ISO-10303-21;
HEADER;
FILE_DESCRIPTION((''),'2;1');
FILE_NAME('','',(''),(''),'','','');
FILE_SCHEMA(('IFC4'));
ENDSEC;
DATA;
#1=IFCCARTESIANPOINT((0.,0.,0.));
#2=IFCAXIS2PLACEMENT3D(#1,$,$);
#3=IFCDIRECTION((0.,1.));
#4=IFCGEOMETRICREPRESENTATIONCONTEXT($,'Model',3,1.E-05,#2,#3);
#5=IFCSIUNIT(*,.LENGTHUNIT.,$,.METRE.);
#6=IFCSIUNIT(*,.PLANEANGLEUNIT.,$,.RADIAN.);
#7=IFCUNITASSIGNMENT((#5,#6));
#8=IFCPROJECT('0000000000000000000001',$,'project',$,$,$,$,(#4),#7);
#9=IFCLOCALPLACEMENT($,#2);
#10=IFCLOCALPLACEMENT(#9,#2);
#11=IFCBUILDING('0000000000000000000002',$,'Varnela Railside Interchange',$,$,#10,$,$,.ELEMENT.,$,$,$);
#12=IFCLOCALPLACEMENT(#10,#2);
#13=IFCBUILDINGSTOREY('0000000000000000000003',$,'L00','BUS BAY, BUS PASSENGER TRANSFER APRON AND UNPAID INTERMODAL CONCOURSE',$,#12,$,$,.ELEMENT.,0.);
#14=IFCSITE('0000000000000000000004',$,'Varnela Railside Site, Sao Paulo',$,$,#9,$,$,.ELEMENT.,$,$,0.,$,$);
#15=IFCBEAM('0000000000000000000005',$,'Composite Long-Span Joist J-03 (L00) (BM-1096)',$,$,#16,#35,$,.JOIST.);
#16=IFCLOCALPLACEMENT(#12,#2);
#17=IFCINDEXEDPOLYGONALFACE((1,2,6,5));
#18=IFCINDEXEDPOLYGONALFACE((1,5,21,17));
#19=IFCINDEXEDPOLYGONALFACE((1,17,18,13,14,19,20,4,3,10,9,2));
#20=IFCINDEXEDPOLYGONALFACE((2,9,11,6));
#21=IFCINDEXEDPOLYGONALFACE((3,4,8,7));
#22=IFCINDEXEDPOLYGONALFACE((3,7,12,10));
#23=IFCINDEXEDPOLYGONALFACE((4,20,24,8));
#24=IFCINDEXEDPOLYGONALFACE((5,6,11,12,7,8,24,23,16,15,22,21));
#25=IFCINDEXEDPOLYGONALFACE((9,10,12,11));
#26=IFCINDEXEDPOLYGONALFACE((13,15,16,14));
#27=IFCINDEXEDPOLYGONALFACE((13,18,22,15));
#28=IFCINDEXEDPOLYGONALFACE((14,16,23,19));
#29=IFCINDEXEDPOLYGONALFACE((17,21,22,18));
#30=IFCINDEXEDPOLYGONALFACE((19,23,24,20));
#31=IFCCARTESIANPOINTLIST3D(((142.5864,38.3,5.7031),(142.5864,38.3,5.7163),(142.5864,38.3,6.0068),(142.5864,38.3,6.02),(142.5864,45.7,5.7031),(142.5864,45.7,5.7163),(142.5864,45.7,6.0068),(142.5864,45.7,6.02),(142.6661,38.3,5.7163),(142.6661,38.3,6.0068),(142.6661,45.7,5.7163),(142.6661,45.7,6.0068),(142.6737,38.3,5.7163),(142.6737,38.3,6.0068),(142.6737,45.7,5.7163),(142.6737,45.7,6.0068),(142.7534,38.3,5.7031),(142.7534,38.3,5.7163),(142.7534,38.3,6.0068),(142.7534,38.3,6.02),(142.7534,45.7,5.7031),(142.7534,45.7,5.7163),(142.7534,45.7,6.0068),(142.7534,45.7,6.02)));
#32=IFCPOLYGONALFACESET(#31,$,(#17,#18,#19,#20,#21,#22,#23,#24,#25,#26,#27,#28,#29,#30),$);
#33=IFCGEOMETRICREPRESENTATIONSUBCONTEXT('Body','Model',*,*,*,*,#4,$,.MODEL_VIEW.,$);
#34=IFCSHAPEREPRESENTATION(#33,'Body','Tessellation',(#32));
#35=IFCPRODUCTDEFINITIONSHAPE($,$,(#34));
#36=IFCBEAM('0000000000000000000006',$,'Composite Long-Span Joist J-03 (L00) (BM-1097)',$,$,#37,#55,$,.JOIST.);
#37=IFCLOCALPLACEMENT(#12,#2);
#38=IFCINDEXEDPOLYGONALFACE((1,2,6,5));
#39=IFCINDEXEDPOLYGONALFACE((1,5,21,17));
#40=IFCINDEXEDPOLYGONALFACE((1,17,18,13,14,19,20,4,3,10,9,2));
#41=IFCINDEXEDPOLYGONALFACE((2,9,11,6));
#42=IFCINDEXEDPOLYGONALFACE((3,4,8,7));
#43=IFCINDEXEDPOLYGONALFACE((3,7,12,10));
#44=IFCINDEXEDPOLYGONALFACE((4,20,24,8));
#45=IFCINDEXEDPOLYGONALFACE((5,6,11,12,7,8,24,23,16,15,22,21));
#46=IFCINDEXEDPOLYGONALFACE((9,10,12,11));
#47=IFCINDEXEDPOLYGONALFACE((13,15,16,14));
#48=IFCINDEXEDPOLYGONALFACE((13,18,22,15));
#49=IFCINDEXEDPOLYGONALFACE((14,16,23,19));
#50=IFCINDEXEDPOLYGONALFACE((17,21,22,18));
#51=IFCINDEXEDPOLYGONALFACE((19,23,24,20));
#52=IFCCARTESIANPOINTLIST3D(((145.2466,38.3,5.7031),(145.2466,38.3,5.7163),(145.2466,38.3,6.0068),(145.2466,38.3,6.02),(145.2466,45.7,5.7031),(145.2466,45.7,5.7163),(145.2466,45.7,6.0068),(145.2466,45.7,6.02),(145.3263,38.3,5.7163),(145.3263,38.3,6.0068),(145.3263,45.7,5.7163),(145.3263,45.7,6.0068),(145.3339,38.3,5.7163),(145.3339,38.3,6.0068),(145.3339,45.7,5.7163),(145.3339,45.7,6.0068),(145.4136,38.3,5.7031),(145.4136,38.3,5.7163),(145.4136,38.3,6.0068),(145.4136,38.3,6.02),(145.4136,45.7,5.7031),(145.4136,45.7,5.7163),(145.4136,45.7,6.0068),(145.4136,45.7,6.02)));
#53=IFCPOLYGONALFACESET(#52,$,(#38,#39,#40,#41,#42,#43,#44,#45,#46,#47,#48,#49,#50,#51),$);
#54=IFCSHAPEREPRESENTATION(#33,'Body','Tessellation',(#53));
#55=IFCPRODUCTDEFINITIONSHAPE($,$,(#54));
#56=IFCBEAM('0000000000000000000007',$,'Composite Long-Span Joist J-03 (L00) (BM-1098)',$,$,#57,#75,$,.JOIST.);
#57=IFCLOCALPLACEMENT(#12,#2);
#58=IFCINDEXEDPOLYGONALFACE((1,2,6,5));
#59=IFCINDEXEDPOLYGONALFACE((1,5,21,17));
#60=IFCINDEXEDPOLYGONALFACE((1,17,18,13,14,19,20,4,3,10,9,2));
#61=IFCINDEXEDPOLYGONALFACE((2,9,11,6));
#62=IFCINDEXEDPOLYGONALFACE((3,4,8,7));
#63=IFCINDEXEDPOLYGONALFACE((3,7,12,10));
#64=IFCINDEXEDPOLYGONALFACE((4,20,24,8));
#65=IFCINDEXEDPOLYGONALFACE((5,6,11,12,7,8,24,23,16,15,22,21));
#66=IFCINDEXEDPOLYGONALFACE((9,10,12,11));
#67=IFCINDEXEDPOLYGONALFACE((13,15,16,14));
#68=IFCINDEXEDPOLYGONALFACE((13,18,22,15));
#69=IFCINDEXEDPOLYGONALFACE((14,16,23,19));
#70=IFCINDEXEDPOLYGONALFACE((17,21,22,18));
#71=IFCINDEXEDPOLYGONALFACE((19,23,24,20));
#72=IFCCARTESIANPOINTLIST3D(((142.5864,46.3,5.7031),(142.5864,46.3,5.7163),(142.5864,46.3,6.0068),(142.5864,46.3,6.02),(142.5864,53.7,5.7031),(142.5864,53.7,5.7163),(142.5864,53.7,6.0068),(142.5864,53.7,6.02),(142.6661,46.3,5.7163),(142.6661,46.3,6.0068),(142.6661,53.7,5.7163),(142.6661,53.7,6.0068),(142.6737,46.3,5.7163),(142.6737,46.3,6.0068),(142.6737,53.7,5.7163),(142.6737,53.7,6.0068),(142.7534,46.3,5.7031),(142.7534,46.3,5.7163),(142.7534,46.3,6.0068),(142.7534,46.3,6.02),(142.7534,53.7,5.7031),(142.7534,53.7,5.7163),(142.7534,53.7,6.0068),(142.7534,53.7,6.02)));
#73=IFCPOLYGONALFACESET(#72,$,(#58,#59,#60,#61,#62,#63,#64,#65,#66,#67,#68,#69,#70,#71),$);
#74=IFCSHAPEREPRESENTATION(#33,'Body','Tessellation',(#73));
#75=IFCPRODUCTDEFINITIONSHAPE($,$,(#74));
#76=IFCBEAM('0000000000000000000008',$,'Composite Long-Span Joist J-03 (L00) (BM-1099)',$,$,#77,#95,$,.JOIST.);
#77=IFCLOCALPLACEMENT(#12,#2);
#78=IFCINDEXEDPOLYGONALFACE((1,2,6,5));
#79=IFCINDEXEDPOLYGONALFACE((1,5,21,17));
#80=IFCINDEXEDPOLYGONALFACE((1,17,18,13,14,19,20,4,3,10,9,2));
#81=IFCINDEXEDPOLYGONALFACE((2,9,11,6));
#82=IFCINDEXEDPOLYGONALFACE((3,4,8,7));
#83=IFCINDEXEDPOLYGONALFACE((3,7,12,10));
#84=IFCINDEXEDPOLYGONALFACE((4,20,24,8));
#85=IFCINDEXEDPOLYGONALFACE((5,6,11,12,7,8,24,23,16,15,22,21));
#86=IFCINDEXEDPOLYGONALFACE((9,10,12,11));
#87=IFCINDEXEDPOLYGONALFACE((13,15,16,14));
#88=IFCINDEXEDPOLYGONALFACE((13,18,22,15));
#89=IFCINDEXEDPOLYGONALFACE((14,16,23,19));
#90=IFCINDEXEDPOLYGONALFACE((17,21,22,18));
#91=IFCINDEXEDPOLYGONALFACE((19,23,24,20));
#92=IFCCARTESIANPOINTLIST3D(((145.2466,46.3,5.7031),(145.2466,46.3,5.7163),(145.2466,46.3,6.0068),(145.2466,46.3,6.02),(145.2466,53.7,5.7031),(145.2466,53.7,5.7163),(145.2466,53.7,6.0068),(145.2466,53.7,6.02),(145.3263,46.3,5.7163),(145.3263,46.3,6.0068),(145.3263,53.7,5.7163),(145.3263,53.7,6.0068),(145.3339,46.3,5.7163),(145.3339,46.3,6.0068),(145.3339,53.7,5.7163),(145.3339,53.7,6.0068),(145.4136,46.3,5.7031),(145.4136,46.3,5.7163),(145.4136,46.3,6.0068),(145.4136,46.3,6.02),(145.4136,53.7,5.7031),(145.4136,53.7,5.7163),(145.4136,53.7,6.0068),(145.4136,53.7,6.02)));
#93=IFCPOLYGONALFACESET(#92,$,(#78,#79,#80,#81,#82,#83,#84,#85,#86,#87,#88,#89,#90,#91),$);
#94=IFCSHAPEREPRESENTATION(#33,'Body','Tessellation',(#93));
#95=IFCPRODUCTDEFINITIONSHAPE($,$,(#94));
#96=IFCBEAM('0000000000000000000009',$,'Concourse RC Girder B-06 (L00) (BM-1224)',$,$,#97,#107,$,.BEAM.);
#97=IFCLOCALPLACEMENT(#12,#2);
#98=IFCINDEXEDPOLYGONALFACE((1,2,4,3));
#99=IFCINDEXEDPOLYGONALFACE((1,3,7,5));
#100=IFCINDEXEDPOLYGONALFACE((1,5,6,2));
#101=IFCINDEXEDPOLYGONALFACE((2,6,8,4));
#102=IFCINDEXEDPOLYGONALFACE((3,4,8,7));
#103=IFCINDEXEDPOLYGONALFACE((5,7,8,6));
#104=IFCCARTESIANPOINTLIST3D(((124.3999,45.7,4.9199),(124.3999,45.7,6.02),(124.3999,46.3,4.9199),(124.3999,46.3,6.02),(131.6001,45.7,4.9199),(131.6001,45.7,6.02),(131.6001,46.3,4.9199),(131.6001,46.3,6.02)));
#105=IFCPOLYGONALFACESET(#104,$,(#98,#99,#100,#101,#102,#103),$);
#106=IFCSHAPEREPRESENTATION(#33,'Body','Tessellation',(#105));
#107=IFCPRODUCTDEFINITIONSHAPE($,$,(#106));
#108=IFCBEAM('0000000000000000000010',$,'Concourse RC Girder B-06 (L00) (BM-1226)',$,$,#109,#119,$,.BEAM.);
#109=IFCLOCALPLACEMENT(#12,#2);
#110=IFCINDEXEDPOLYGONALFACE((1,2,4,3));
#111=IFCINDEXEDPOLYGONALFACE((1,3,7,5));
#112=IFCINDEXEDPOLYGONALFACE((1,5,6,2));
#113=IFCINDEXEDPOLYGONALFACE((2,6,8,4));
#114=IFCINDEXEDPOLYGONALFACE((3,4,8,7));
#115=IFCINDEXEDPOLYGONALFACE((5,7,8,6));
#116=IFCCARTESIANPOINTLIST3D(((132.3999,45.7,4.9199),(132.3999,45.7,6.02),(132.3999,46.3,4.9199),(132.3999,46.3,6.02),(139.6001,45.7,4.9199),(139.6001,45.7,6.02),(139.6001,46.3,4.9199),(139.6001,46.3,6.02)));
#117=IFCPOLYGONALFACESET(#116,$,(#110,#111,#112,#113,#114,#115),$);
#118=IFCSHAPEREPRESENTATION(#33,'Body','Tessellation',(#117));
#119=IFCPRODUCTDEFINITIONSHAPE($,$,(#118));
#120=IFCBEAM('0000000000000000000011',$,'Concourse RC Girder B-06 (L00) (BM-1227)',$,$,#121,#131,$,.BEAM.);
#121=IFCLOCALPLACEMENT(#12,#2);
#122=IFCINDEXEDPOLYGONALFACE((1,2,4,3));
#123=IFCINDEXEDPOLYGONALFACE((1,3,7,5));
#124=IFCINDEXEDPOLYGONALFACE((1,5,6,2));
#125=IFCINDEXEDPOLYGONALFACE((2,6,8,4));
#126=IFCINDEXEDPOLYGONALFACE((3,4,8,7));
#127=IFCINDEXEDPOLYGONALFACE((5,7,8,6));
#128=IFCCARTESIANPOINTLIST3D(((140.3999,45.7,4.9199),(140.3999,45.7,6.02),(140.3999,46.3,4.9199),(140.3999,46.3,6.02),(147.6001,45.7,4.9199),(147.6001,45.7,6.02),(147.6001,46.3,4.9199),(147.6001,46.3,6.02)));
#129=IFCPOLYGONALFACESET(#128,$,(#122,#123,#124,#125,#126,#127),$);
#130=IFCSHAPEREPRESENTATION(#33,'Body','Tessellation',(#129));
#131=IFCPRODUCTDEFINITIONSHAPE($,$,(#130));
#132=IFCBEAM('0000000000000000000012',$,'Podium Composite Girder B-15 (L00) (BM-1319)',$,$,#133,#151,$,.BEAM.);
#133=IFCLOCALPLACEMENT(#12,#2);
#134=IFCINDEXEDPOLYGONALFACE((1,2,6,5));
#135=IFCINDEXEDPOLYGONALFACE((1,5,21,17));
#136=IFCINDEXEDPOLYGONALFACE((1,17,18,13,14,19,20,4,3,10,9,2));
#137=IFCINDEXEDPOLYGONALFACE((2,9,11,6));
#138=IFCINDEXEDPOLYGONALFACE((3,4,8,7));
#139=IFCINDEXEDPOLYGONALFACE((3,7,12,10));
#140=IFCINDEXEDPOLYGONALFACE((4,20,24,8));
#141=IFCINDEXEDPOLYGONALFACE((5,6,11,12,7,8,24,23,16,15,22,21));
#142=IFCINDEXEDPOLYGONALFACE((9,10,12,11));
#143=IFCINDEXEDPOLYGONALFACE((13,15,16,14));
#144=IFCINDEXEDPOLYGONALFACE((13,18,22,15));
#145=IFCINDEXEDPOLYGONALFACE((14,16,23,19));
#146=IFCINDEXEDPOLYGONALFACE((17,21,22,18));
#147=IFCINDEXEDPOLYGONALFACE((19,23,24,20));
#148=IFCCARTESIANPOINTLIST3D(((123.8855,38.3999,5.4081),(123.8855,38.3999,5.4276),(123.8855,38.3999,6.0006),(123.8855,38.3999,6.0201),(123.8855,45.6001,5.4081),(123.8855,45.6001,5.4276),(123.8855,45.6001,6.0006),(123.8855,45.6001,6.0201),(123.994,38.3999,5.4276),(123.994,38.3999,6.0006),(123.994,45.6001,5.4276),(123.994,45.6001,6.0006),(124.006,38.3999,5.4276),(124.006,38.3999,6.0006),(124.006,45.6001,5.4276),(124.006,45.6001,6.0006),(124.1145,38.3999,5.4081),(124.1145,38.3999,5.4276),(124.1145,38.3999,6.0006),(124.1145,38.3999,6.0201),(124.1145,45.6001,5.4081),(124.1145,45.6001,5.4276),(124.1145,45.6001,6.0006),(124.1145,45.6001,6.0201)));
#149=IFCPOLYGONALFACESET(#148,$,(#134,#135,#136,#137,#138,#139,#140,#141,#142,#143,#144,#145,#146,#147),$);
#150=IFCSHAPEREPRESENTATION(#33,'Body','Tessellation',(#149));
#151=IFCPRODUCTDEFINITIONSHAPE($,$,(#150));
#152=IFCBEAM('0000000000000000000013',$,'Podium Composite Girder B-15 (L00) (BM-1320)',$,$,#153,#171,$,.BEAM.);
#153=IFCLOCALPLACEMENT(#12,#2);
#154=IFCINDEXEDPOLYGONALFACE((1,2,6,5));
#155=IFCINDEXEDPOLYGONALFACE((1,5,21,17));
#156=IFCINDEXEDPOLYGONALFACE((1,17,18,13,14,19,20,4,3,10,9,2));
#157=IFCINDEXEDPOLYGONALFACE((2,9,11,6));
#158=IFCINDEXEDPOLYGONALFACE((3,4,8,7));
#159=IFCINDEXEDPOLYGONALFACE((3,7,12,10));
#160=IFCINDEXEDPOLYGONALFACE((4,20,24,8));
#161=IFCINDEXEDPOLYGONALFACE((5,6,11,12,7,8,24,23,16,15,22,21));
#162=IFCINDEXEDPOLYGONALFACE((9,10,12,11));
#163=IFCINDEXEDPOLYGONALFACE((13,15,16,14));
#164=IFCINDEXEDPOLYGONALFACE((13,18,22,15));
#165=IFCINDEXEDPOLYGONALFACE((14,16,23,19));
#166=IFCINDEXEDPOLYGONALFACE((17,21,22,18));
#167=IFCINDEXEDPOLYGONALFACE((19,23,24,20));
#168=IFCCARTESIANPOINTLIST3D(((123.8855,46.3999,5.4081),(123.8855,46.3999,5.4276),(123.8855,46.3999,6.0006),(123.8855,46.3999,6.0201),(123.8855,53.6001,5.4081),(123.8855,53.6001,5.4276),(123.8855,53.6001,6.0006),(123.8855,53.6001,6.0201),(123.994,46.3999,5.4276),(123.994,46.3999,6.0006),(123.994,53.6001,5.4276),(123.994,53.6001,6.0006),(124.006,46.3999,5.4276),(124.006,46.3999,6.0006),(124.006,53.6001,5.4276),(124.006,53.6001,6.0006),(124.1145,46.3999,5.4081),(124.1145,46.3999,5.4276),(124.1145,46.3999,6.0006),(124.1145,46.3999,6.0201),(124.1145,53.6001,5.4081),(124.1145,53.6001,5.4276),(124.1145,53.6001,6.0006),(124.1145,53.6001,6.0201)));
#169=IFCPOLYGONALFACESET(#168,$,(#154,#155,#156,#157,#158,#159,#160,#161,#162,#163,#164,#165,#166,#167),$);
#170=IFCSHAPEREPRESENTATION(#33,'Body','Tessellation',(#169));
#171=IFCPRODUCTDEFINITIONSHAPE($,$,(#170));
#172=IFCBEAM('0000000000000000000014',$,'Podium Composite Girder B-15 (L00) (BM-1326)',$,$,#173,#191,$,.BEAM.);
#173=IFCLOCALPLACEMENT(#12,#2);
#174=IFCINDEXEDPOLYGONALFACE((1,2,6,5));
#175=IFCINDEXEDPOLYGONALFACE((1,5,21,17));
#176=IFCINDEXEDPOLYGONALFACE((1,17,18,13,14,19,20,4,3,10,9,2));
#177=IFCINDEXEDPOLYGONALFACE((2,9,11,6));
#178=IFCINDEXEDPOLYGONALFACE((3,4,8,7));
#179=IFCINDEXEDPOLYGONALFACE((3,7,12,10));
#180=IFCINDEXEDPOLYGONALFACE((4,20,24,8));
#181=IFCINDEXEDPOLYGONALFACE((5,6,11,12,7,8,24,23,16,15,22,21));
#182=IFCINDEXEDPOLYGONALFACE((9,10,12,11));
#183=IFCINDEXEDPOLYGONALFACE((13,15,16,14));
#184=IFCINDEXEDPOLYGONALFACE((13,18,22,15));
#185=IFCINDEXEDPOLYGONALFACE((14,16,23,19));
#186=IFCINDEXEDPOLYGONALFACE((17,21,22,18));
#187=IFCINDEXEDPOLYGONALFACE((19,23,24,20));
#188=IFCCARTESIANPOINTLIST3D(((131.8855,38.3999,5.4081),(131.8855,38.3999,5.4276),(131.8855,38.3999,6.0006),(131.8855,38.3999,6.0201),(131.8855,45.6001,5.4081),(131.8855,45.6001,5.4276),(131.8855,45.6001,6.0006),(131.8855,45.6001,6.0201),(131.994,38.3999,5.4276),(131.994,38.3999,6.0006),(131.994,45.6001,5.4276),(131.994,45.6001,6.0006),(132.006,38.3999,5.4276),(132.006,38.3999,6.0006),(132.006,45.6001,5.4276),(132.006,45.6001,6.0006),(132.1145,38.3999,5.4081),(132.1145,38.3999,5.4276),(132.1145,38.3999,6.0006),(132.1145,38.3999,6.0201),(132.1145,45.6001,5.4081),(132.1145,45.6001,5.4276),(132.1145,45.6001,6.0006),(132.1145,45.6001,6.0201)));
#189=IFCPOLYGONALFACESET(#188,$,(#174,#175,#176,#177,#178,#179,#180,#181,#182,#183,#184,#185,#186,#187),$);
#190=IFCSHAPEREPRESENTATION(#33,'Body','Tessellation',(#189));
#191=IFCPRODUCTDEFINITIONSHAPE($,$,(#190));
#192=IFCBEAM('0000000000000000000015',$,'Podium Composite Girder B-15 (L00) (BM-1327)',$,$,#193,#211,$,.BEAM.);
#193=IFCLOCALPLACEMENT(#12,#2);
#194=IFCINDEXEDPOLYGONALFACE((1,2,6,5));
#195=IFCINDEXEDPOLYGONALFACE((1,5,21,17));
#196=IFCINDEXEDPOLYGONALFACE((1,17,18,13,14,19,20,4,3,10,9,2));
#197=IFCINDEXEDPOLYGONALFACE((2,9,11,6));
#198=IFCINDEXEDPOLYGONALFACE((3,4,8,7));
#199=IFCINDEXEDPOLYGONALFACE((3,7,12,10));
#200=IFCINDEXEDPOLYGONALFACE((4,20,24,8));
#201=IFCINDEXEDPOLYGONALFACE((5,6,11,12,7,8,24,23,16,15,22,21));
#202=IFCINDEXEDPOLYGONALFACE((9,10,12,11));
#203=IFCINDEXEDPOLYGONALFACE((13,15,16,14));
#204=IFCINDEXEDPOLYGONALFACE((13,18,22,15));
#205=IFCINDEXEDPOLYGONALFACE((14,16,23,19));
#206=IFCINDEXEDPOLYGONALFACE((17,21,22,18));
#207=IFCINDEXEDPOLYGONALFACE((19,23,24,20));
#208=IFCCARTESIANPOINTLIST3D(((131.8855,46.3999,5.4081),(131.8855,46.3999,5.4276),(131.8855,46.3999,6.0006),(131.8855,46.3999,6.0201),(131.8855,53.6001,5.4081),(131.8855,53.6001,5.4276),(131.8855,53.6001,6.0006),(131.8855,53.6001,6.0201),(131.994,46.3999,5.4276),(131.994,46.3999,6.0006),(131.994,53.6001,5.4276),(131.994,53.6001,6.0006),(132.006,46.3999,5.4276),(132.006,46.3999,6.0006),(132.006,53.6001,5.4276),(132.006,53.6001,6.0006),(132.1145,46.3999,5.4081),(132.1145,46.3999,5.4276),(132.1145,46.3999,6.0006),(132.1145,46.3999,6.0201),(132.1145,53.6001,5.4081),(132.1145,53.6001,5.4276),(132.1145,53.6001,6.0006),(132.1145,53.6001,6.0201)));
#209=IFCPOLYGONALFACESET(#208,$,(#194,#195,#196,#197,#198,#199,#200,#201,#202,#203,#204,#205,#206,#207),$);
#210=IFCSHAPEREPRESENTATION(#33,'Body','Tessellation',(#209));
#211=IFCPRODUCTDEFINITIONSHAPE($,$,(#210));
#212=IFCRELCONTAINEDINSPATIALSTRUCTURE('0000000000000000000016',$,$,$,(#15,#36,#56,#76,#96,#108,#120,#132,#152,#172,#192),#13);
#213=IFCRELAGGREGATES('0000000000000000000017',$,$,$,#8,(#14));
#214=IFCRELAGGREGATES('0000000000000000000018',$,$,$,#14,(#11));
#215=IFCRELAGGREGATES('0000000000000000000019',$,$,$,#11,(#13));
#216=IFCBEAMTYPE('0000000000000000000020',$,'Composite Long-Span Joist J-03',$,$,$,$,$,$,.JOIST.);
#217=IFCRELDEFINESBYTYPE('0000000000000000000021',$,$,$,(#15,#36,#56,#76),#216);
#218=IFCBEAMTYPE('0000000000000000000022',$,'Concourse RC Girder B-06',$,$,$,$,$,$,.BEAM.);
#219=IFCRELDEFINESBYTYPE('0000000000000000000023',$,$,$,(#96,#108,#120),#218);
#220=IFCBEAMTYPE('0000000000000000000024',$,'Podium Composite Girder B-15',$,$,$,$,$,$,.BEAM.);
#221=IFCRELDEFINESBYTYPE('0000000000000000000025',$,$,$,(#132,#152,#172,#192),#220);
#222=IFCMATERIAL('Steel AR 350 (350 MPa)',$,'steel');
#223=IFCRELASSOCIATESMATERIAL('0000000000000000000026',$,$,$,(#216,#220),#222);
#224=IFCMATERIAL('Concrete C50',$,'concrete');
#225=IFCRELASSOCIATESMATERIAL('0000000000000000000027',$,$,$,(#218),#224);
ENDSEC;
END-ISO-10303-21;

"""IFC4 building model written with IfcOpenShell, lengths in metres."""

from ifc_helpers import new_model, si_unit, direction, frame, origin, origin_2d, place, context, subcontext, project, spatial, rectangle, i_section, extrude, material, material_profile, profile_set, type_object, element, save


model = new_model("IFC4")

# Units and contexts
model_context = context("Model", 3, precision=1e-05, world=origin(), true_north=direction((0.0, 1.0)))
body_context = subcontext(model_context, "Body", "Model", "MODEL_VIEW")
ifc_project = project(units=[si_unit("LENGTHUNIT", "METRE"), si_unit("PLANEANGLEUNIT", "RADIAN")], contexts=[model_context])

# Site, building, storey
site_placement = place(None, origin())
site = spatial("IfcSite", under=ifc_project, at=site_placement, Name="Varnela Railside Site, Sao Paulo", CompositionType="ELEMENT", RefElevation=0.0)
building_placement = place(site_placement, origin())
building = spatial("IfcBuilding", under=site, at=building_placement, Name="Varnela Railside Interchange", CompositionType="ELEMENT")
storey_placement = place(building_placement, origin())
storey = spatial("IfcBuildingStorey", under=building, at=storey_placement, Name="L00", Description="BUS BAY, BUS PASSENGER TRANSFER APRON AND UNPAID INTERMODAL CONCOURSE", CompositionType="ELEMENT", Elevation=0.0)

# Shared definitions
ifc_material_1 = material(Name="Concrete C50", Category="concrete")

# Beams
ifc_material_2 = material(Name="Steel AR 350 (350 MPa)", Category="steel")
ifc_material_profile_1 = material_profile(ifc_material_2, i_section(OverallWidth=0.167, OverallDepth=0.3169, WebThickness=0.0076, FlangeThickness=0.0132, at=origin_2d()), Name="W310x52")
ifc_profile_set_1 = profile_set([ifc_material_profile_1], Name="Steel AR 350 (350 MPa)")
beam_type_1 = type_object("IfcBeamType", Name="Composite Long-Span Joist J-03", PredefinedType="JOIST", material=ifc_profile_set_1)
for number, where, z_axis, x_axis, name in (
    (1, (142.6699, 38.3, 5.8616), (0.0, 1.0, 0.0), (-1.0, 0.0, 0.0), "Composite Long-Span Joist J-03 (L00) (BM-1096)"),
    (2, (145.3301, 38.3, 5.8616), (0.0, 1.0, 0.0), (-1.0, 0.0, 0.0), "Composite Long-Span Joist J-03 (L00) (BM-1097)"),
    (3, (142.6699, 46.3, 5.8616), (0.0, 1.0, 0.0), (-1.0, 0.0, 0.0), "Composite Long-Span Joist J-03 (L00) (BM-1098)"),
    (4, (145.3301, 46.3, 5.8616), (0.0, 1.0, 0.0), (-1.0, 0.0, 0.0), "Composite Long-Span Joist J-03 (L00) (BM-1099)"),
):
    element("IfcBeam", number, at=place(storey_placement, frame(where, z_axis=z_axis, x_axis=x_axis)), inside=storey, type_object=beam_type_1, Name=name, PredefinedType="JOIST", context=body_context, shape_type="SweptSolid", body=[
        extrude(i_section(OverallWidth=0.167, OverallDepth=0.3169, WebThickness=0.0076, FlangeThickness=0.0132, at=origin_2d()), origin(), (0.0, 0.0, 1.0), 7.3999),
    ])
ifc_material_profile_2 = material_profile(ifc_material_1, rectangle(XDim=0.6001, YDim=1.1001, at=origin_2d()), Name="RC 600x1100")
ifc_profile_set_2 = profile_set([ifc_material_profile_2], Name="Concrete C50")
beam_type_2 = type_object("IfcBeamType", Name="Concourse RC Girder B-06", PredefinedType="BEAM", material=ifc_profile_set_2)
for number, where, z_axis, x_axis, name in (
    (5, (124.3999, 46.0, 5.47), (1.0, 0.0, 0.0), (0.0, 1.0, 0.0), "Concourse RC Girder B-06 (L00) (BM-1224)"),
    (6, (132.3999, 46.0, 5.47), (1.0, 0.0, 0.0), (0.0, 1.0, 0.0), "Concourse RC Girder B-06 (L00) (BM-1226)"),
    (7, (140.3999, 46.0, 5.47), (1.0, 0.0, 0.0), (0.0, 1.0, 0.0), "Concourse RC Girder B-06 (L00) (BM-1227)"),
):
    element("IfcBeam", number, at=place(storey_placement, frame(where, z_axis=z_axis, x_axis=x_axis)), inside=storey, type_object=beam_type_2, Name=name, PredefinedType="BEAM", context=body_context, shape_type="SweptSolid", body=[
        extrude(rectangle(XDim=0.6001, YDim=1.1001, at=origin_2d()), origin(), (0.0, 0.0, 1.0), 7.2002),
    ])
ifc_material_profile_3 = material_profile(ifc_material_2, i_section(OverallWidth=0.229, OverallDepth=0.6121, WebThickness=0.012, FlangeThickness=0.0195, at=origin_2d()), Name="W610x125")
ifc_profile_set_3 = profile_set([ifc_material_profile_3], Name="Steel AR 350 (350 MPa)")
beam_type_3 = type_object("IfcBeamType", Name="Podium Composite Girder B-15", PredefinedType="BEAM", material=ifc_profile_set_3)
for number, where, z_axis, x_axis, name in (
    (8, (124.0, 38.3999, 5.7141), (0.0, 1.0, 0.0), (-1.0, 0.0, 0.0), "Podium Composite Girder B-15 (L00) (BM-1319)"),
    (9, (124.0, 46.3999, 5.7141), (0.0, 1.0, 0.0), (-1.0, 0.0, 0.0), "Podium Composite Girder B-15 (L00) (BM-1320)"),
    (10, (132.0, 38.3999, 5.7141), (0.0, 1.0, 0.0), (-1.0, 0.0, 0.0), "Podium Composite Girder B-15 (L00) (BM-1326)"),
    (11, (132.0, 46.3999, 5.7141), (0.0, 1.0, 0.0), (-1.0, 0.0, 0.0), "Podium Composite Girder B-15 (L00) (BM-1327)"),
):
    element("IfcBeam", number, at=place(storey_placement, frame(where, z_axis=z_axis, x_axis=x_axis)), inside=storey, type_object=beam_type_3, Name=name, PredefinedType="BEAM", context=body_context, shape_type="SweptSolid", body=[
        extrude(i_section(OverallWidth=0.229, OverallDepth=0.6121, WebThickness=0.012, FlangeThickness=0.0195, at=origin_2d()), origin(), (0.0, 0.0, 1.0), 7.2002),
    ])

save(model, "model.ifc")
